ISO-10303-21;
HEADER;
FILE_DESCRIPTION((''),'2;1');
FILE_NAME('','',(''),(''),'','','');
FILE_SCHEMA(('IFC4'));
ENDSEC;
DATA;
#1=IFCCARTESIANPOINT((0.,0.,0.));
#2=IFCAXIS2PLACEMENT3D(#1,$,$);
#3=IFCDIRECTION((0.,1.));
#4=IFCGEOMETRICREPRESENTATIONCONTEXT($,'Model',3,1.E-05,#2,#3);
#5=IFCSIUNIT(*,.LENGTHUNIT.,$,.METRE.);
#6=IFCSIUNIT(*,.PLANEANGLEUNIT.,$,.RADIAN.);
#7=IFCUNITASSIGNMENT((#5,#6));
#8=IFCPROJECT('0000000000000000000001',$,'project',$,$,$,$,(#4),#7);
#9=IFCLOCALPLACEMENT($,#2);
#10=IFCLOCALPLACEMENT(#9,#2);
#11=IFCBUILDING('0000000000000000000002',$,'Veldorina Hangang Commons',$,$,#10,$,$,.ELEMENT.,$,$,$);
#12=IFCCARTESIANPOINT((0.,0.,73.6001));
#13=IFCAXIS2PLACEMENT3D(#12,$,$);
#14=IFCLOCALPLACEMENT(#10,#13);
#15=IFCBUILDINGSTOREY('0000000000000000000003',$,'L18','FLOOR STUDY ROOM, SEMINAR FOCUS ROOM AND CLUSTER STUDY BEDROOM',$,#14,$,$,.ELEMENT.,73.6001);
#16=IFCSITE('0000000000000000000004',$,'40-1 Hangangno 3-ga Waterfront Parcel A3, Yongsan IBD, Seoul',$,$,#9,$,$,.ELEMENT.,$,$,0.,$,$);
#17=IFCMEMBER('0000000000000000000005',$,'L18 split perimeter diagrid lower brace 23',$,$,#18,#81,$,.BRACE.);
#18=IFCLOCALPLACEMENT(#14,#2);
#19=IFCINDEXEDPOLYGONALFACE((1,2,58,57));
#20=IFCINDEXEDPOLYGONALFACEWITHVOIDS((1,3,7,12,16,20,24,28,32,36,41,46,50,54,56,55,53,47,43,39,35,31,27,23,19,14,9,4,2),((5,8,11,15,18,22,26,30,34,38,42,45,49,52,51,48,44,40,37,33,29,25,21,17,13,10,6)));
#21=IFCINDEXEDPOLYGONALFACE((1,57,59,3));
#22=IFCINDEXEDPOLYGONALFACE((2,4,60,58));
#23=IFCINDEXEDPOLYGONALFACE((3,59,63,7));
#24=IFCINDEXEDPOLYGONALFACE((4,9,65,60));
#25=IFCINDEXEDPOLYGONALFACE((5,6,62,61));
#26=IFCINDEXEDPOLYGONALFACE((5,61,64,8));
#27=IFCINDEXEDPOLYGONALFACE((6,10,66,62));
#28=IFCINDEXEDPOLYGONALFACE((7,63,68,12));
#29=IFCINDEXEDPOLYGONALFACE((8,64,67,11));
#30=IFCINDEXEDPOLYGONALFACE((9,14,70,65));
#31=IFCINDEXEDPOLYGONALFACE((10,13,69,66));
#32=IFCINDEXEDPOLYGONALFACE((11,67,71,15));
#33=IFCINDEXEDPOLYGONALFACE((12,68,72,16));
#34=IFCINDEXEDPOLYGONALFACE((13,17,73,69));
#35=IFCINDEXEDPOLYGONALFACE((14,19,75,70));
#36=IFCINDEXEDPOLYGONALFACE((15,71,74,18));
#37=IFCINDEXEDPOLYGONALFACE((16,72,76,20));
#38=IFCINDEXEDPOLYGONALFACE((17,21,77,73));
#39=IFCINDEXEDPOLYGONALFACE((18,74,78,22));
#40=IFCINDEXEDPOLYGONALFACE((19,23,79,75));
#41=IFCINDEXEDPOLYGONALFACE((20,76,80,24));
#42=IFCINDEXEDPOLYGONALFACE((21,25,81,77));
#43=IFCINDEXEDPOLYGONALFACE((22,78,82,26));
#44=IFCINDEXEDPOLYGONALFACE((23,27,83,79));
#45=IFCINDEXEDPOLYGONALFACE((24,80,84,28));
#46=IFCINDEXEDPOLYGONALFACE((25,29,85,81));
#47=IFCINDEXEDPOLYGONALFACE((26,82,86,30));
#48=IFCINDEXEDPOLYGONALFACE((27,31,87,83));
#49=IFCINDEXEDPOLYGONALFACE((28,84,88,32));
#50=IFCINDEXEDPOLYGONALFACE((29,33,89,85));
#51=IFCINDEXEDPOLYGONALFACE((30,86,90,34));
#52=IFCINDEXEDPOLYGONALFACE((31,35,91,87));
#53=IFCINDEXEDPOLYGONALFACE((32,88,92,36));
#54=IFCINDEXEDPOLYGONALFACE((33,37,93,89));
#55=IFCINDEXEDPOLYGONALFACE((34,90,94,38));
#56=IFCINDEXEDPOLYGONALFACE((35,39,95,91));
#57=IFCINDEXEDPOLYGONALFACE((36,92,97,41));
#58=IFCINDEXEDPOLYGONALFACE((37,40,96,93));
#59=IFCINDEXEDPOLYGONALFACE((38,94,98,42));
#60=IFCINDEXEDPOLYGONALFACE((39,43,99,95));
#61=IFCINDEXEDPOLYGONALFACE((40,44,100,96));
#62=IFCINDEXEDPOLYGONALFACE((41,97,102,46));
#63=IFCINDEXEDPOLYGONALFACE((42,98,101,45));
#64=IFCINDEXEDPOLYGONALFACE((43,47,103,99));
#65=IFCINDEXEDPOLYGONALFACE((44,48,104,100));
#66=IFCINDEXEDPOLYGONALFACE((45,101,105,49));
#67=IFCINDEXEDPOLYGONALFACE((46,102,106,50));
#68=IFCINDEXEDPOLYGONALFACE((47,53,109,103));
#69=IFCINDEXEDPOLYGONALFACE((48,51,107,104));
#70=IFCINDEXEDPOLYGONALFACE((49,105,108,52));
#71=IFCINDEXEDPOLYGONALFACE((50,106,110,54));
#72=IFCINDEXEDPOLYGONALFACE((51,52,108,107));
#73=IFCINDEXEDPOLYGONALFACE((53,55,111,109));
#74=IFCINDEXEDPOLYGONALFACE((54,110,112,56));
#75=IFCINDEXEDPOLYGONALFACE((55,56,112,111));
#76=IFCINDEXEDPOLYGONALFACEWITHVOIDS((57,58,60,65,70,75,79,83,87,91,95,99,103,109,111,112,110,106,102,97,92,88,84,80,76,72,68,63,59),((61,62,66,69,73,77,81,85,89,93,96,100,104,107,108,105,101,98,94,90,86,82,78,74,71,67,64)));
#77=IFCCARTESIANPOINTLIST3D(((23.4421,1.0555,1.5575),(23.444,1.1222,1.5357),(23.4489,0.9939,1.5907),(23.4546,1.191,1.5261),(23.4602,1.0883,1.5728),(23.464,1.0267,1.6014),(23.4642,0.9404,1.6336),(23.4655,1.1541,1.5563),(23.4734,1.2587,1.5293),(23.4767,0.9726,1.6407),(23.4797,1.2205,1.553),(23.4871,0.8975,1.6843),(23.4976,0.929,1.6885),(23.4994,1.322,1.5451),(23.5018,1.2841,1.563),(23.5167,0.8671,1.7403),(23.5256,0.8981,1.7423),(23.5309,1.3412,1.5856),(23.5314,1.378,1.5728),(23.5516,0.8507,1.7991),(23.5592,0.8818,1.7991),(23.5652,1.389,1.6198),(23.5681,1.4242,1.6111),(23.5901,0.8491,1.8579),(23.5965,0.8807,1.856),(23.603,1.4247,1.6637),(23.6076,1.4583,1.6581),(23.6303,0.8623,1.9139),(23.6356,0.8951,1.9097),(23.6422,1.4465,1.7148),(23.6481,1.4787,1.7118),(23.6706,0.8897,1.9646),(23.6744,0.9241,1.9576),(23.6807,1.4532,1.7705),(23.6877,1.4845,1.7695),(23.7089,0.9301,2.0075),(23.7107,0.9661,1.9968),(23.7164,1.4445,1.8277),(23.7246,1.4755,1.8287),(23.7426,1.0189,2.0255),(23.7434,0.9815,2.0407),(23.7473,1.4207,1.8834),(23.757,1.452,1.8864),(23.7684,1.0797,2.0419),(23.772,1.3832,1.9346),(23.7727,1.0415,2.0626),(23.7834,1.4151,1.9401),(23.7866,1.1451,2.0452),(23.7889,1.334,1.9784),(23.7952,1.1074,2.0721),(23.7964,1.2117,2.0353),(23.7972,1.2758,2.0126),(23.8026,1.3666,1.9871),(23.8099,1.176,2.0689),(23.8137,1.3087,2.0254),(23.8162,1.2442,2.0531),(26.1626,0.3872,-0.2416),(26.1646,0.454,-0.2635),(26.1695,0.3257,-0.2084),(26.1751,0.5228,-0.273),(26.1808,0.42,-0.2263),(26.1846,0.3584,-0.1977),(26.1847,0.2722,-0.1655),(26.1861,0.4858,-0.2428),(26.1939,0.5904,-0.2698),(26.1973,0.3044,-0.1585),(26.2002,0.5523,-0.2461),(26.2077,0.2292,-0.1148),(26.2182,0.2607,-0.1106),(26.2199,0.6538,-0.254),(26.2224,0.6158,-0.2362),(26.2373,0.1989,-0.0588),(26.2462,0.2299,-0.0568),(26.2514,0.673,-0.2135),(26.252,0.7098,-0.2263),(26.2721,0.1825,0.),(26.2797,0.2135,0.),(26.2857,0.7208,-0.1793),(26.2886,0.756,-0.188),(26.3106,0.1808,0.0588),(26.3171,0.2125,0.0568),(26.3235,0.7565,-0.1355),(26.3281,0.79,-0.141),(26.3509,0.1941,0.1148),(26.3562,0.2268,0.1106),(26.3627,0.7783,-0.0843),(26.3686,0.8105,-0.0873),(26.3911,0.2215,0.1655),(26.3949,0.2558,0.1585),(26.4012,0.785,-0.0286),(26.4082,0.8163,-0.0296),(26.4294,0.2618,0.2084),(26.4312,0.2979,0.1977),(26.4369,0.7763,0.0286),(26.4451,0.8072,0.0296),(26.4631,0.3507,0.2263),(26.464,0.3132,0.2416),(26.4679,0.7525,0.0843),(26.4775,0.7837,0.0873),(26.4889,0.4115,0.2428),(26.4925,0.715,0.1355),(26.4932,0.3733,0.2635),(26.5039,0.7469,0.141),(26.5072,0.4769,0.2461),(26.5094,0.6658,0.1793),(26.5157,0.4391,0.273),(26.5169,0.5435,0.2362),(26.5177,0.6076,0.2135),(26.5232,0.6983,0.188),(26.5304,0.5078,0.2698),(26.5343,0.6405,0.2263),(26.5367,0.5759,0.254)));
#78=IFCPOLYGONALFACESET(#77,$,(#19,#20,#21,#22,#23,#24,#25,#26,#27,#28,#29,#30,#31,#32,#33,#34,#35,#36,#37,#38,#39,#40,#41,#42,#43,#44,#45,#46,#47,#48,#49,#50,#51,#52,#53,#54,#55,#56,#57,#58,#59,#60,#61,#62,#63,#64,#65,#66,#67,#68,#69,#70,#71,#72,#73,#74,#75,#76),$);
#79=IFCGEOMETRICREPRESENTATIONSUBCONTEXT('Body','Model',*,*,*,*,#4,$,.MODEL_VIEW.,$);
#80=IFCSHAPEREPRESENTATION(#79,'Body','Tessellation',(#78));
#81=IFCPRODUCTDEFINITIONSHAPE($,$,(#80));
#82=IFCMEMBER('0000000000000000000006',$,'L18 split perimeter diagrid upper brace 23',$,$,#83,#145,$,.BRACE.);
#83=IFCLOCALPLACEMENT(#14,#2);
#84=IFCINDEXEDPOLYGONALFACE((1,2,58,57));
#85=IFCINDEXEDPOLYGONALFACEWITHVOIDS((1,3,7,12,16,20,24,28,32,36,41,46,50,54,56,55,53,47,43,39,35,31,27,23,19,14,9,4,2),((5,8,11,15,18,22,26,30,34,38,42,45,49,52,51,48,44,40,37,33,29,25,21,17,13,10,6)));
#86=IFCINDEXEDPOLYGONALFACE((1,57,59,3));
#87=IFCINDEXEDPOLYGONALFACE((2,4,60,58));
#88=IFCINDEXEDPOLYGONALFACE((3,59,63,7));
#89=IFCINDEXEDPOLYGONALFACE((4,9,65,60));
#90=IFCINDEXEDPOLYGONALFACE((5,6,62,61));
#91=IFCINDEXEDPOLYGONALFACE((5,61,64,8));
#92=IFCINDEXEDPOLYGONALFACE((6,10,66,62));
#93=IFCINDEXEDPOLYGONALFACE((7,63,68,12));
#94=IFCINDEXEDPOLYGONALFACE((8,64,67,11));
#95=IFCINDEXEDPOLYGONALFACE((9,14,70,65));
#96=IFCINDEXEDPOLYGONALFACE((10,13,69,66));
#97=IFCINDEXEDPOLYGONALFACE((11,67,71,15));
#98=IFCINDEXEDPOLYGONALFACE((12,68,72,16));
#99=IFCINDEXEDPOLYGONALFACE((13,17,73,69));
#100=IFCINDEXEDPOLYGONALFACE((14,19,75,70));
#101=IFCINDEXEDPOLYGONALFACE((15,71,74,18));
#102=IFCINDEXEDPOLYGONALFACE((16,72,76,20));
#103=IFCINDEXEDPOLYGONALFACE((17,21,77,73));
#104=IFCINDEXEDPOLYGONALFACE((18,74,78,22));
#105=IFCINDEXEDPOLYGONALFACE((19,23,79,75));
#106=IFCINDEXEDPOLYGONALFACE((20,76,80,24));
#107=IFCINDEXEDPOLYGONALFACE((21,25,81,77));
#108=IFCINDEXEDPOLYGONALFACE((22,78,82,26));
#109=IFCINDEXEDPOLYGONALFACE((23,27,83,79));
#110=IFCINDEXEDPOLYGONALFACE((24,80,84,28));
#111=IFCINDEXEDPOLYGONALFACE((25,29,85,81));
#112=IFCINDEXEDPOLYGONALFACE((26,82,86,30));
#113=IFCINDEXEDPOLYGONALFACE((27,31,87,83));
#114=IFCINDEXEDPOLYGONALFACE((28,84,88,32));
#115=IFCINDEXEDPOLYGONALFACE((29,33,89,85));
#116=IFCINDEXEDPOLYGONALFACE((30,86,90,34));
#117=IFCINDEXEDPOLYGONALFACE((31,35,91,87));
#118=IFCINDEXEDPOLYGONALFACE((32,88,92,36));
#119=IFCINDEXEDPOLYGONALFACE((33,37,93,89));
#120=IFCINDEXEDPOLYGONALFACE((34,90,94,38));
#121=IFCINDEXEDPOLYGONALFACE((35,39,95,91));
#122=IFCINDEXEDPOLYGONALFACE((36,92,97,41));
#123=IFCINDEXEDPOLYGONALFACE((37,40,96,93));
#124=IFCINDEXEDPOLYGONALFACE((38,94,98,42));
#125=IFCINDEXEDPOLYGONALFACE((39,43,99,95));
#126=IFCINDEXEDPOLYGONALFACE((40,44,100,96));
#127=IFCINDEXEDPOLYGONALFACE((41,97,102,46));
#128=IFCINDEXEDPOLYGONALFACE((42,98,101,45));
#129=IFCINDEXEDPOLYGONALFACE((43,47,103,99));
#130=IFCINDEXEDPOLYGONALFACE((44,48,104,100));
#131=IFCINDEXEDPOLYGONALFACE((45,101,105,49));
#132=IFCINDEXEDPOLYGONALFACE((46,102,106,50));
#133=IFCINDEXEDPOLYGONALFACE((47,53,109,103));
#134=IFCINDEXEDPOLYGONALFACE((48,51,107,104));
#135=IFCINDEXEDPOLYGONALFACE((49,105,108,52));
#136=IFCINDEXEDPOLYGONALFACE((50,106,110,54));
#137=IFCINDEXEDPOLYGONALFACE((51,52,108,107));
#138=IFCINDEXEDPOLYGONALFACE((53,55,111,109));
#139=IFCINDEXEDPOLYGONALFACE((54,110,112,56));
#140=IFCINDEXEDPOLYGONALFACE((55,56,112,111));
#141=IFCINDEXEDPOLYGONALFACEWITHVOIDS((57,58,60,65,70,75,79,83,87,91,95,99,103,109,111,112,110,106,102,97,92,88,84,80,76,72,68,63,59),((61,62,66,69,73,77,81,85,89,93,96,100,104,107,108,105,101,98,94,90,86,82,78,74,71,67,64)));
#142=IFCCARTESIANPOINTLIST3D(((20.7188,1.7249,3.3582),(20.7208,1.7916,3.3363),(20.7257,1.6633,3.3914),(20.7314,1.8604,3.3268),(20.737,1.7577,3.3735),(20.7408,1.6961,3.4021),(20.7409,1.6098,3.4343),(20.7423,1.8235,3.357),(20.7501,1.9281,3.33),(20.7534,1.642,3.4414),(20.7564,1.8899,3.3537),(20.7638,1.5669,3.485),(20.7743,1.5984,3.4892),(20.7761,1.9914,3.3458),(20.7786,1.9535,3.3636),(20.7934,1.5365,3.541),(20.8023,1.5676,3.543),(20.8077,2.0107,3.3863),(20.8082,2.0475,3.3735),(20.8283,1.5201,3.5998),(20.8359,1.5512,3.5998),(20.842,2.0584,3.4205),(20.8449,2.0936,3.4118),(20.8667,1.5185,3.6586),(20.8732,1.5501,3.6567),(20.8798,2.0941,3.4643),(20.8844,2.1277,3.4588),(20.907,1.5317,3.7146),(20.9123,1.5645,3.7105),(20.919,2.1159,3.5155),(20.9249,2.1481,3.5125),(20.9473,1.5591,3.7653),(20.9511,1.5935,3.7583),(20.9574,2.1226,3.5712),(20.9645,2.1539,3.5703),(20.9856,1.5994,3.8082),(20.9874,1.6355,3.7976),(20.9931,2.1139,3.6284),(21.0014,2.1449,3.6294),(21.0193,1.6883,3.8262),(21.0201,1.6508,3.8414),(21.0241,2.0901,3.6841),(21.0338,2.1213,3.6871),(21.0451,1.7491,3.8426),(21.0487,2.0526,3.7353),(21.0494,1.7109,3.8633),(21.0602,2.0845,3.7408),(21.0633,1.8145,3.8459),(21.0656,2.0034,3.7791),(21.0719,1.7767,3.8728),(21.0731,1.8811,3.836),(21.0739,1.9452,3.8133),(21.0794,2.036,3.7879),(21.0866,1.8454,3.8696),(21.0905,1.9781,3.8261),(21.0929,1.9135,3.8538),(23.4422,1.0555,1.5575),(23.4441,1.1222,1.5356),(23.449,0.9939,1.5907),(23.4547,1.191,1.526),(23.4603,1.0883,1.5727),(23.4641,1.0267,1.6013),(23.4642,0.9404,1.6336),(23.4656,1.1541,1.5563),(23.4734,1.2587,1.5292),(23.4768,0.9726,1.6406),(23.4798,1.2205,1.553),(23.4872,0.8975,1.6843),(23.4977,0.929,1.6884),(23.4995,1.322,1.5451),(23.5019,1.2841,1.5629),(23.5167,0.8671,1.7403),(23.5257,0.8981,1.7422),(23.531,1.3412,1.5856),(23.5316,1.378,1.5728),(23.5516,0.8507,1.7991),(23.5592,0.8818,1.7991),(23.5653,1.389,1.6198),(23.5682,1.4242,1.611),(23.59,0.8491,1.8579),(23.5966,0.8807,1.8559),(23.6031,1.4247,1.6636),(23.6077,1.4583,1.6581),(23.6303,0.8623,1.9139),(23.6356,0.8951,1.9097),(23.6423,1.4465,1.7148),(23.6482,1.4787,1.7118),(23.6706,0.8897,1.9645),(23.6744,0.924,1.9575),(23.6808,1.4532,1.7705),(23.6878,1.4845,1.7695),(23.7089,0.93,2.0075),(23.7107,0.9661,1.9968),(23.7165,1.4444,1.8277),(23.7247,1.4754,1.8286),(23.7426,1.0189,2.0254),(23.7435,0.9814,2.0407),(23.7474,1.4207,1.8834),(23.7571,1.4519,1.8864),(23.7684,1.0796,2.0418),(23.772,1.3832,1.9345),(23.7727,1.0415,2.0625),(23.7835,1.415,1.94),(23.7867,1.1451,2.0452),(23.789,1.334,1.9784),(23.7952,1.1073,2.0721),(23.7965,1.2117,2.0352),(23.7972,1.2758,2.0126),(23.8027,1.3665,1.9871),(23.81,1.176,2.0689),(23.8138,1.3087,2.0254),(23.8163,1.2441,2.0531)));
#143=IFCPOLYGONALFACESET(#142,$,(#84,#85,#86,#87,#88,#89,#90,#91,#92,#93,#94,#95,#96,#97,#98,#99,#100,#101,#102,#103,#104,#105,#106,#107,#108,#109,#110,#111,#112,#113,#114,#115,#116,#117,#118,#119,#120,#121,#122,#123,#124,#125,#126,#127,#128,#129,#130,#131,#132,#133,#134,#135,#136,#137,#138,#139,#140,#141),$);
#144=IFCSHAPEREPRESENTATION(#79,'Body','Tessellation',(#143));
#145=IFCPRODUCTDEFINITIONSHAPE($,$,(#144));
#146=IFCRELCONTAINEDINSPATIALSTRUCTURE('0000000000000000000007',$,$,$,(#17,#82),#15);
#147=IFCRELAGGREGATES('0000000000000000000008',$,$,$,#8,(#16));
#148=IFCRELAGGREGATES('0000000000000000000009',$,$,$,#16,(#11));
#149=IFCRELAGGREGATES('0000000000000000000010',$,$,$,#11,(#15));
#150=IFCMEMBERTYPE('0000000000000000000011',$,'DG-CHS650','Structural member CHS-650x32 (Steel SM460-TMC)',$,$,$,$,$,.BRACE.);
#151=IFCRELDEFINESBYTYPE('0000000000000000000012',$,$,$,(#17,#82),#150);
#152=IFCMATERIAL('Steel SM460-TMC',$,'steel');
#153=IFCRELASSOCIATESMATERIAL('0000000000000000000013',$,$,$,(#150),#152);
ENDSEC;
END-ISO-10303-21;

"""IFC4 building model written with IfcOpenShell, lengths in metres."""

from ifc_helpers import new_model, si_unit, direction, frame, origin, origin_2d, place, context, subcontext, project, spatial, hollow_circle, extrude, material, material_profile, profile_set, type_object, element, save


model = new_model("IFC4")

# Units and contexts
model_context = context("Model", 3, precision=1e-05, world=origin(), true_north=direction((0.0, 1.0)))
body_context = subcontext(model_context, "Body", "Model", "MODEL_VIEW")
ifc_project = project(units=[si_unit("LENGTHUNIT", "METRE"), si_unit("PLANEANGLEUNIT", "RADIAN")], contexts=[model_context])

# Site, building, storey
site_placement = place(None, origin())
site = spatial("IfcSite", under=ifc_project, at=site_placement, Name="40-1 Hangangno 3-ga Waterfront Parcel A3, Yongsan IBD, Seoul", CompositionType="ELEMENT", RefElevation=0.0)
building_placement = place(site_placement, origin())
building = spatial("IfcBuilding", under=site, at=building_placement, Name="Veldorina Hangang Commons", CompositionType="ELEMENT")
storey_placement = place(building_placement, frame((0.0, 0.0, 73.6001)))
storey = spatial("IfcBuildingStorey", under=building, at=storey_placement, Name="L18", Description="FLOOR STUDY ROOM, SEMINAR FOCUS ROOM AND CLUSTER STUDY BEDROOM", CompositionType="ELEMENT", Elevation=73.6001)

# Members
ifc_material_1 = material(Name="Steel SM460-TMC", Category="steel")
ifc_material_profile_1 = material_profile(ifc_material_1, hollow_circle(Radius=0.325, WallThickness=0.032, at=origin_2d()), Name="CHS-650x32")
ifc_profile_set_1 = profile_set([ifc_material_profile_1], Name="Steel SM460-TMC")
member_type_1 = type_object("IfcMemberType", Name="DG-CHS650", Description="Structural member CHS-650x32 (Steel SM460-TMC)", PredefinedType="BRACE", material=ifc_profile_set_1)
member_1_placement = place(storey_placement, frame((26.3496, 0.498, 0.0), z_axis=(-0.817133, 0.200708, 0.54038), x_axis=(-0.238535, -0.971134, 0.0)))
element("IfcMember", 1, at=member_1_placement, inside=storey, type_object=member_type_1, Name="L18 split perimeter diagrid lower brace 23", PredefinedType="BRACE", context=body_context, shape_type="SweptSolid", body=[
    extrude(hollow_circle(Radius=0.325, WallThickness=0.032, at=origin_2d()), origin(), (0.0, 0.0, 1.0), 3.3293),
])
member_2_placement = place(storey_placement, frame((23.6292, 1.1663, 1.7991), z_axis=(-0.817138, 0.20086, 0.540315), x_axis=(-0.238703, -0.971093, 0.0)))
element("IfcMember", 2, at=member_2_placement, inside=storey, type_object=member_type_1, Name="L18 split perimeter diagrid upper brace 23", PredefinedType="BRACE", context=body_context, shape_type="SweptSolid", body=[
    extrude(hollow_circle(Radius=0.325, WallThickness=0.032, at=origin_2d()), origin(), (0.0, 0.0, 1.0), 3.3328),
])

save(model, "model.ifc")
